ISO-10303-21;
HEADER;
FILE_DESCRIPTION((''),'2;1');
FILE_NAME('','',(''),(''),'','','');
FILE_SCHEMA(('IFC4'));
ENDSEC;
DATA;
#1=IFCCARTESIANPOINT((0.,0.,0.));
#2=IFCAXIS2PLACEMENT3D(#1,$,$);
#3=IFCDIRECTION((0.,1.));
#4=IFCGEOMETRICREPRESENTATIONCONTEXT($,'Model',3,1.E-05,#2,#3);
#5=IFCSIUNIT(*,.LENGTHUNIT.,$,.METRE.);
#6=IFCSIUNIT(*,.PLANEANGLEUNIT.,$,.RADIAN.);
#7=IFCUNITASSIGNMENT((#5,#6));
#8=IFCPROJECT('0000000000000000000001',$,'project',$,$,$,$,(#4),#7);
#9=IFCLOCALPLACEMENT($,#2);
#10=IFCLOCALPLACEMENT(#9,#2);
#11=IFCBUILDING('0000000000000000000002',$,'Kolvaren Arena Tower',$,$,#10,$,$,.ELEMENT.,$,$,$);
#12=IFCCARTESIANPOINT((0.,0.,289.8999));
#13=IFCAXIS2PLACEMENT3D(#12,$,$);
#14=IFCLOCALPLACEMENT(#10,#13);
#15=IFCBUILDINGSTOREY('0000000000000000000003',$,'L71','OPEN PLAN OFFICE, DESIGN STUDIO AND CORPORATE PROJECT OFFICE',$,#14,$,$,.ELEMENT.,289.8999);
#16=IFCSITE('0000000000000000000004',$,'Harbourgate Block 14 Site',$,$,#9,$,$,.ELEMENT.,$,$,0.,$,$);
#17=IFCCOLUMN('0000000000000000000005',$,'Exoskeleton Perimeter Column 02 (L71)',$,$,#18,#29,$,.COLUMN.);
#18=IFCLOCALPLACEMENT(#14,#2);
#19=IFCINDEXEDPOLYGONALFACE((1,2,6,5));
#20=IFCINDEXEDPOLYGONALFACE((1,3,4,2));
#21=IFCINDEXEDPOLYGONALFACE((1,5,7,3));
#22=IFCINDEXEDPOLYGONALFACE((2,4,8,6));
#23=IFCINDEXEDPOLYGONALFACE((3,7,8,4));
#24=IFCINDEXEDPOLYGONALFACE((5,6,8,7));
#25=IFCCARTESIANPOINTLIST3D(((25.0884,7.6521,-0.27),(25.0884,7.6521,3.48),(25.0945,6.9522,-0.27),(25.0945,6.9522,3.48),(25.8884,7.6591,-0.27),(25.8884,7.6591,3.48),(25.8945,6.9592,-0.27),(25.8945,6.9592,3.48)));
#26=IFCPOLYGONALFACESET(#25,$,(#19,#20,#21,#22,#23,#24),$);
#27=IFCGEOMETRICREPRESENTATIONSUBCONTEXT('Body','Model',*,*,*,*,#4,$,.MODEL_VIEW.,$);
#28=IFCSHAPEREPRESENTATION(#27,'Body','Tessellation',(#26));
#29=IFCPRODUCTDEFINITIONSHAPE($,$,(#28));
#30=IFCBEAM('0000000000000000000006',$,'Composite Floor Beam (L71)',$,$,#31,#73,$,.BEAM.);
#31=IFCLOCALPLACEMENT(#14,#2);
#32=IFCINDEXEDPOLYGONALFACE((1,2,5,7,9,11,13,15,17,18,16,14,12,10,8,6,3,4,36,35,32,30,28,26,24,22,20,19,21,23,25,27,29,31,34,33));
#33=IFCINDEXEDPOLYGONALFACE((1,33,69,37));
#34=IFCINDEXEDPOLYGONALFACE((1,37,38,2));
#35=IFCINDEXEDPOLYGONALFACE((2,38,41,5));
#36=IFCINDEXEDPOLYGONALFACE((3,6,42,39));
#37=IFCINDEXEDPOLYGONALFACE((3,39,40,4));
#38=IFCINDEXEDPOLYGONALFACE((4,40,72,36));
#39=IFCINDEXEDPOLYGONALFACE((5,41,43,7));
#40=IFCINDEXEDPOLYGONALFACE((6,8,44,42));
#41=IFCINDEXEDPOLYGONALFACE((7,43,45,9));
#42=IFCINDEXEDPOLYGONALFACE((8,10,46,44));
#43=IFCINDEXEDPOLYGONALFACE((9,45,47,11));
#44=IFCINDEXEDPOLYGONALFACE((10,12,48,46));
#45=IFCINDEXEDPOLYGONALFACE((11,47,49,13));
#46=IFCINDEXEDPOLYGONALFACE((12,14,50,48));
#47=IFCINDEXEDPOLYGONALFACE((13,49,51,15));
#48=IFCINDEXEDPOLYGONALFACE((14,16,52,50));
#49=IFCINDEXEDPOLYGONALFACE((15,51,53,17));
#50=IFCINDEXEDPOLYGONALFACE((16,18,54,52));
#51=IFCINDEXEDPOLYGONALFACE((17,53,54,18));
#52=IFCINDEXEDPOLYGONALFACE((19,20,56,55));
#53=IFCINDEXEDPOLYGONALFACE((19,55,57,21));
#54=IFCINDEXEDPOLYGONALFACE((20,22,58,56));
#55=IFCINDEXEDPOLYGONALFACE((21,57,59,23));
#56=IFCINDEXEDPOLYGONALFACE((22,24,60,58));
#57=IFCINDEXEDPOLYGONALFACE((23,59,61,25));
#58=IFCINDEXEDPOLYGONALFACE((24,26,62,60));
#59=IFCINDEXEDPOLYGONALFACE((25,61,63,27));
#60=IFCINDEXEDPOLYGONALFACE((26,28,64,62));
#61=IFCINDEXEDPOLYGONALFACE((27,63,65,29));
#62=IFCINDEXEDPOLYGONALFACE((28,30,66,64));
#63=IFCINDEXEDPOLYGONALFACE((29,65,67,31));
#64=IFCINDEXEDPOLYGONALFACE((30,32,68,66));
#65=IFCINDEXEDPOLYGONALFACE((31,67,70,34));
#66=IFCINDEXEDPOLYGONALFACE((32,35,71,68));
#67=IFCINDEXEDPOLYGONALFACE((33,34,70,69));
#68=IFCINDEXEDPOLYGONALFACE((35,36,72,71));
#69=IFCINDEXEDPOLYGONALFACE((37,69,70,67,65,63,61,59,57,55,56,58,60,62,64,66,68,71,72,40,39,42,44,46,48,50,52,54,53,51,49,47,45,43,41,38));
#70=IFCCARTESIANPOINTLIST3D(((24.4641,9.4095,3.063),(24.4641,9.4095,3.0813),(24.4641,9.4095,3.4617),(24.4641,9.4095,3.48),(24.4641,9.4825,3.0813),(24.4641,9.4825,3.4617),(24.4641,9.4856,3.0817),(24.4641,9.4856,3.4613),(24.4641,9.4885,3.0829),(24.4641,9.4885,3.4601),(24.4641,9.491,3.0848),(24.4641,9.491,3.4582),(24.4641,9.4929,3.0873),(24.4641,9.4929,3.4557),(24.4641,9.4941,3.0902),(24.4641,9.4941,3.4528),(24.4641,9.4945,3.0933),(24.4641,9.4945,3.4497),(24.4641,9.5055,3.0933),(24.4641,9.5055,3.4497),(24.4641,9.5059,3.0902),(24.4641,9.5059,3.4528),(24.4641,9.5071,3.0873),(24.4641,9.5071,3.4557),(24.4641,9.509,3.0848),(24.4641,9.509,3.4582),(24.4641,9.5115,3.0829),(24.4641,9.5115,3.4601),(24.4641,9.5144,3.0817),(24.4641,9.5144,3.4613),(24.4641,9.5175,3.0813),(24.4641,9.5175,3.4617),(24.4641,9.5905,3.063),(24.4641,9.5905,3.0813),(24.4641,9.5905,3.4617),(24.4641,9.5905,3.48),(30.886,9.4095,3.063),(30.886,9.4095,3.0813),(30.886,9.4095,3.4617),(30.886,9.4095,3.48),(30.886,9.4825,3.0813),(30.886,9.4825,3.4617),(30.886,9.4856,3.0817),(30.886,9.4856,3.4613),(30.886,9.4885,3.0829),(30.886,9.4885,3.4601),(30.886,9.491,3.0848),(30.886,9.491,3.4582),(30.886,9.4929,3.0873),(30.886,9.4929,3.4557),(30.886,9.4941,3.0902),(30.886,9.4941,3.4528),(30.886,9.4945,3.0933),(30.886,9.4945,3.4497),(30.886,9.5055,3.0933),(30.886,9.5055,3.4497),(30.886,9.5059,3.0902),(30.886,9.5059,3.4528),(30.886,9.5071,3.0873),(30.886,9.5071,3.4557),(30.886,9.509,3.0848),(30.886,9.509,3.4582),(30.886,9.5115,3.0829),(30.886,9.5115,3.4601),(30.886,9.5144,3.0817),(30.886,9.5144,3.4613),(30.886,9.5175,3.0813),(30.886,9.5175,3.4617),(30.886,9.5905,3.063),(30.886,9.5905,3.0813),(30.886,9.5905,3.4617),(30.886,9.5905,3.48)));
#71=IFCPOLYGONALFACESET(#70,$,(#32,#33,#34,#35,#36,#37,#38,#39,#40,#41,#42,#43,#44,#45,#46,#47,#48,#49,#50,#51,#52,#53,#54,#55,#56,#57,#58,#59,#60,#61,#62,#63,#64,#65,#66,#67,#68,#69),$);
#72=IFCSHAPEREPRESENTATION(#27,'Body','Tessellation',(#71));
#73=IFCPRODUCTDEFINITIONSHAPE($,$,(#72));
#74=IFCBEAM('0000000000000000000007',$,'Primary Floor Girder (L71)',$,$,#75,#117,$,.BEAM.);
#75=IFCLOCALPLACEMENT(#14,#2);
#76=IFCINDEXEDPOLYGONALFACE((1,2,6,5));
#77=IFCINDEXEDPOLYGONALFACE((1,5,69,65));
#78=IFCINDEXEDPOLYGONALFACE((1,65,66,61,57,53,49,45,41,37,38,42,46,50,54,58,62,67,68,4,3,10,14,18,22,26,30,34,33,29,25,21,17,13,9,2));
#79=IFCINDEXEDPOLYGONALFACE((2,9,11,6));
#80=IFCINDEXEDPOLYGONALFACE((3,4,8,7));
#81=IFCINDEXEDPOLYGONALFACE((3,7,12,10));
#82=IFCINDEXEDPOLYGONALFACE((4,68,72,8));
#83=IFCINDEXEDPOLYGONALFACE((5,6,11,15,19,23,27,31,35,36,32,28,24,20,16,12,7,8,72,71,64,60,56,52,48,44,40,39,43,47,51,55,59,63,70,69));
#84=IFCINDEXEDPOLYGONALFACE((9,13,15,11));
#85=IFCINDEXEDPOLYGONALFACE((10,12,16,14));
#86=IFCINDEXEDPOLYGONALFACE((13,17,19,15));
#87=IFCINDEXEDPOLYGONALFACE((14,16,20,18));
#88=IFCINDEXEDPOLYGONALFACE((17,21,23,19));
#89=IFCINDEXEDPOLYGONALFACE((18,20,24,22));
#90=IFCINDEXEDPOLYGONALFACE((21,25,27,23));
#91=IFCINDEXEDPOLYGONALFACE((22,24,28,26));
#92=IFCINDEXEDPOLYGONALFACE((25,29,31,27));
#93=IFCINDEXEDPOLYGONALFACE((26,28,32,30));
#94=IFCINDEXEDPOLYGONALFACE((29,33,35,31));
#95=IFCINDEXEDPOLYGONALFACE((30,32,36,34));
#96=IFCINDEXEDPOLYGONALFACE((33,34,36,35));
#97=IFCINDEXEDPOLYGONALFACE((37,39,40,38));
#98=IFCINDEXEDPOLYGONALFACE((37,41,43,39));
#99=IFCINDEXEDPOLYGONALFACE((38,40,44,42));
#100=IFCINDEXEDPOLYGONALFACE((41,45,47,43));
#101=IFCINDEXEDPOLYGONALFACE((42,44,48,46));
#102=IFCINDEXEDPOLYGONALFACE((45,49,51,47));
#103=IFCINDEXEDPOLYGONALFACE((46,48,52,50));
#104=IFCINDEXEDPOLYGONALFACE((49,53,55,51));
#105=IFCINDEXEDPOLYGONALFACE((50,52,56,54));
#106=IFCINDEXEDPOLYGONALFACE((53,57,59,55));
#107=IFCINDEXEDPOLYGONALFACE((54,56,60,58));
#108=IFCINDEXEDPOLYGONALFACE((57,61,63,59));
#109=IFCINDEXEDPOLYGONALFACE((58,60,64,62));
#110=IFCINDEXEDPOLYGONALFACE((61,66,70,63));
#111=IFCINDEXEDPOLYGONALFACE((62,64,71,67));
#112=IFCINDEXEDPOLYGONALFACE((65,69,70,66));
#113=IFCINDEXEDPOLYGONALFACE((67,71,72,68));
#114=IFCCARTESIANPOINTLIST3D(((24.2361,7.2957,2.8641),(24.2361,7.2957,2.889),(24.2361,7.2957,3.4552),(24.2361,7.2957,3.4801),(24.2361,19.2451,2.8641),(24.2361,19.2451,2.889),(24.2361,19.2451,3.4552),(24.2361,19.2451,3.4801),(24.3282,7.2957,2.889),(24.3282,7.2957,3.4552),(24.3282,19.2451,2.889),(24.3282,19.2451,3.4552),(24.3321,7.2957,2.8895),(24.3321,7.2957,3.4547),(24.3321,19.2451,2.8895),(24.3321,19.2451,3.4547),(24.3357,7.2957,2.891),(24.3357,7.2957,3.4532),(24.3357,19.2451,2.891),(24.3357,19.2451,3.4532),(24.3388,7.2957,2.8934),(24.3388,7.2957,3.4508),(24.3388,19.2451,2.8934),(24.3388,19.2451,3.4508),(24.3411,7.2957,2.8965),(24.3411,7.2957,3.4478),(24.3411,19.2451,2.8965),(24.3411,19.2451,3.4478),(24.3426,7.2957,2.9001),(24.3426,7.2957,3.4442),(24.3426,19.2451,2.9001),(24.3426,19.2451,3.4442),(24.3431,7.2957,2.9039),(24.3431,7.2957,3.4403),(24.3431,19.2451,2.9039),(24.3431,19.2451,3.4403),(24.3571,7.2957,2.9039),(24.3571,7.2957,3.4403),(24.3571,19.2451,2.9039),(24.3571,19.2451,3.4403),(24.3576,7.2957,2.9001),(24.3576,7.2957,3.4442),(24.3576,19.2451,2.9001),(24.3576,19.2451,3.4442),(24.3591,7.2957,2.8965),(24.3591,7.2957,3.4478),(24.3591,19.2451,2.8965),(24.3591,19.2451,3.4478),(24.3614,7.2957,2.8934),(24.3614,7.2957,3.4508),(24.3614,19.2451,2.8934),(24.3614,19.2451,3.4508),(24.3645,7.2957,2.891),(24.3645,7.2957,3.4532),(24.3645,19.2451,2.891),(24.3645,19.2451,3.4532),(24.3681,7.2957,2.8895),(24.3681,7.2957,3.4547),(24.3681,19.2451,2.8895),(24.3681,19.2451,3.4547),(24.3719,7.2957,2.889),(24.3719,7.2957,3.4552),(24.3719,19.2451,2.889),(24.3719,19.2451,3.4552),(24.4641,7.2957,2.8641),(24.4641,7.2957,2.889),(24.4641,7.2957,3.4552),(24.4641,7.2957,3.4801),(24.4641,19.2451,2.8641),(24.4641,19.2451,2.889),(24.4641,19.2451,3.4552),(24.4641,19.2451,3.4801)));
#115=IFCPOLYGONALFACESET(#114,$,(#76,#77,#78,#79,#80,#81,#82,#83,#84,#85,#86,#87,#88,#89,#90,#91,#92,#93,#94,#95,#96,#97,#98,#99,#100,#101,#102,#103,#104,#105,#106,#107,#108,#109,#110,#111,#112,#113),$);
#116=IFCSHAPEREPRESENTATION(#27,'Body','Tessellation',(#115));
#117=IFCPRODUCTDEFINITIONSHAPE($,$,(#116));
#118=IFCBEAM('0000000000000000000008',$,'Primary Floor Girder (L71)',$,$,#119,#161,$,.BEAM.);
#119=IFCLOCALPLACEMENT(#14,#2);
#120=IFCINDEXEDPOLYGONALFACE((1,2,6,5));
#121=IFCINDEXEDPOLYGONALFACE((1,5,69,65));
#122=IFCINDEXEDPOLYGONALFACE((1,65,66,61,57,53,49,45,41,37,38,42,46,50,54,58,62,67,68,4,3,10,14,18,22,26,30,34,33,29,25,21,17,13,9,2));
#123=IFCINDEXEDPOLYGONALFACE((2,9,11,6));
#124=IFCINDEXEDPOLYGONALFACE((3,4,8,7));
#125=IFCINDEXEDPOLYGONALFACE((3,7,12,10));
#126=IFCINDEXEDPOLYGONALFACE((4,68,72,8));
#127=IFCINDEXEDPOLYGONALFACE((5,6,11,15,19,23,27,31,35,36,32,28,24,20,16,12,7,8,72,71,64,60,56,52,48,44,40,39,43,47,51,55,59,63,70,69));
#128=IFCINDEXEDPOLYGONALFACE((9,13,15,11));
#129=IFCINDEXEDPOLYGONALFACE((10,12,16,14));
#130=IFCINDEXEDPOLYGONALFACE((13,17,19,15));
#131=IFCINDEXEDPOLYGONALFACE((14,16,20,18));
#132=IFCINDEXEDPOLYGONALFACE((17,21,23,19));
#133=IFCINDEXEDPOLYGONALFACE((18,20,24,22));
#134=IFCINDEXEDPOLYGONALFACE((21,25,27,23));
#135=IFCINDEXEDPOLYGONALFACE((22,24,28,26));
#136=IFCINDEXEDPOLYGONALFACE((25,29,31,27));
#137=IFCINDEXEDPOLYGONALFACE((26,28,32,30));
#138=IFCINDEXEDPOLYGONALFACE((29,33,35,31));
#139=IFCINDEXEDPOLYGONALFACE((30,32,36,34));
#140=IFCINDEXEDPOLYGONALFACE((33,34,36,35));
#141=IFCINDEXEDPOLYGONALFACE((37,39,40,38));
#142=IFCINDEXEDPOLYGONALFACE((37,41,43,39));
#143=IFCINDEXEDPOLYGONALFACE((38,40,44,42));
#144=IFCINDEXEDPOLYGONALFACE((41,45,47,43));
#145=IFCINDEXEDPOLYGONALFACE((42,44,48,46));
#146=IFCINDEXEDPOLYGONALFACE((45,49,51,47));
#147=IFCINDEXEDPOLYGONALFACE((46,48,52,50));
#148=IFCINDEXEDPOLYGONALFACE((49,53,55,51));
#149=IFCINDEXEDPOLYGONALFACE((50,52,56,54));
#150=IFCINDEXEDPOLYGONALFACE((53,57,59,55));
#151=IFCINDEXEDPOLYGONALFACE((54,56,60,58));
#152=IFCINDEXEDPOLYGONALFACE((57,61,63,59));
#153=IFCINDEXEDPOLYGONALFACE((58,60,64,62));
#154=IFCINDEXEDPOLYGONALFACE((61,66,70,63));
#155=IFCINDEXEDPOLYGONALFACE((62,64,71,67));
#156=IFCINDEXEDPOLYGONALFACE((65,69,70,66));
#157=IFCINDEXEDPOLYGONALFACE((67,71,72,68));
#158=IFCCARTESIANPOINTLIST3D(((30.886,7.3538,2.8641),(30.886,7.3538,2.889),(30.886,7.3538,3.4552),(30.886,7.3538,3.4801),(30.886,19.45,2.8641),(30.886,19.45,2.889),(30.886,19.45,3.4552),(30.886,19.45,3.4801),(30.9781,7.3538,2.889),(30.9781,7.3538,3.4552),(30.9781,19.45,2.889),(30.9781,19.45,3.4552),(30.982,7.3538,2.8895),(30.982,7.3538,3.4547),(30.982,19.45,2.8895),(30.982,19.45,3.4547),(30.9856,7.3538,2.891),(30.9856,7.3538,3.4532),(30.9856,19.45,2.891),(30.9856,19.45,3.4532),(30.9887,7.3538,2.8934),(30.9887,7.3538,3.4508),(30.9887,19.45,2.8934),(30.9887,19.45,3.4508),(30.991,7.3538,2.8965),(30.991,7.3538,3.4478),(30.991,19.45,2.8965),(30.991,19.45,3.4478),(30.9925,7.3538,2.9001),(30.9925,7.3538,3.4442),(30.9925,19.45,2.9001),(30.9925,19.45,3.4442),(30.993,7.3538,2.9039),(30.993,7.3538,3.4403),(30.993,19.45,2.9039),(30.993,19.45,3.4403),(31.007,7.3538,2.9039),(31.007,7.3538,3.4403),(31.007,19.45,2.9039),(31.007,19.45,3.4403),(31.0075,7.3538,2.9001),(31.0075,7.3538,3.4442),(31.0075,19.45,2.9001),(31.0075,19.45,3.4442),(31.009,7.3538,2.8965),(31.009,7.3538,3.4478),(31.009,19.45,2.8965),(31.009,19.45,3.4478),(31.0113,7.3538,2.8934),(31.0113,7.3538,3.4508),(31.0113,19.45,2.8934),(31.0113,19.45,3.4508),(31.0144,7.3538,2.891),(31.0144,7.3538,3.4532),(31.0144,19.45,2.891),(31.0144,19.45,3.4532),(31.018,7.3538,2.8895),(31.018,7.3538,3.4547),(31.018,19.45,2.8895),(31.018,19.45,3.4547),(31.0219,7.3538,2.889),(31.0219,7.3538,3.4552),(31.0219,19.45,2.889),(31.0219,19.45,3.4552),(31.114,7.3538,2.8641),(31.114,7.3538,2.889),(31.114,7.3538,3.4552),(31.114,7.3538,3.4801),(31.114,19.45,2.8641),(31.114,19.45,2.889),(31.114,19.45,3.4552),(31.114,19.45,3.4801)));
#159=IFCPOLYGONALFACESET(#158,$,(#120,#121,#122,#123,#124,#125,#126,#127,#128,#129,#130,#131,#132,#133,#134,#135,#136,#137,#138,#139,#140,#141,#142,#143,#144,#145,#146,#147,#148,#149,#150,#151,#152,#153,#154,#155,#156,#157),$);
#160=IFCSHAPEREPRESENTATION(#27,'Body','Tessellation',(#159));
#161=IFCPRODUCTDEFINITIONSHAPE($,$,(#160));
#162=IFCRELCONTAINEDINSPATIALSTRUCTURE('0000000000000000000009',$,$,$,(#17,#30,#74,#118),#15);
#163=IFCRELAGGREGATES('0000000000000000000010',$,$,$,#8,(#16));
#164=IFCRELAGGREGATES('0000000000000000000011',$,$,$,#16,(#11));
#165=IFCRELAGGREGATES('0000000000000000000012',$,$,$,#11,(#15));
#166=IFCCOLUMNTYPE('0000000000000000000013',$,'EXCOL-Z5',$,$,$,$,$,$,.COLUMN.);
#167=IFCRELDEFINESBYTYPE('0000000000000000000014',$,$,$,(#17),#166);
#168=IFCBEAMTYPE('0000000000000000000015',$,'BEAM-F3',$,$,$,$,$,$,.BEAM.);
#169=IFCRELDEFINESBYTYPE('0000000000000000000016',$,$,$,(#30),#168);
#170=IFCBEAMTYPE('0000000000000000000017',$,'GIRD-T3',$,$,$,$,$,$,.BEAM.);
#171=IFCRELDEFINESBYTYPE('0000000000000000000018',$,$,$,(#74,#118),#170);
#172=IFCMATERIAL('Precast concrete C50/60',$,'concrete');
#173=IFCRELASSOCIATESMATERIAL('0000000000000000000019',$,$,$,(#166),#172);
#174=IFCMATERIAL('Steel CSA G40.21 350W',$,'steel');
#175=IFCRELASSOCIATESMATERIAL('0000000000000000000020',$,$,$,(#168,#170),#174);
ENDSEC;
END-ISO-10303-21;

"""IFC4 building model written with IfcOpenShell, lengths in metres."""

from ifc_helpers import new_model, si_unit, direction, frame, origin, origin_2d, place, context, subcontext, project, spatial, rectangle, i_section, extrude, material, material_profile, profile_set, type_object, element, save


model = new_model("IFC4")

# Units and contexts
model_context = context("Model", 3, precision=1e-05, world=origin(), true_north=direction((0.0, 1.0)))
body_context = subcontext(model_context, "Body", "Model", "MODEL_VIEW")
ifc_project = project(units=[si_unit("LENGTHUNIT", "METRE"), si_unit("PLANEANGLEUNIT", "RADIAN")], contexts=[model_context])

# Site, building, storey
site_placement = place(None, origin())
site = spatial("IfcSite", under=ifc_project, at=site_placement, Name="Harbourgate Block 14 Site", CompositionType="ELEMENT", RefElevation=0.0)
building_placement = place(site_placement, origin())
building = spatial("IfcBuilding", under=site, at=building_placement, Name="Kolvaren Arena Tower", CompositionType="ELEMENT")
storey_placement = place(building_placement, frame((0.0, 0.0, 289.8999)))
storey = spatial("IfcBuildingStorey", under=building, at=storey_placement, Name="L71", Description="OPEN PLAN OFFICE, DESIGN STUDIO AND CORPORATE PROJECT OFFICE", CompositionType="ELEMENT", Elevation=289.8999)

# Column
ifc_material_1 = material(Name="Precast concrete C50/60", Category="concrete")
ifc_material_profile_1 = material_profile(ifc_material_1, rectangle(XDim=0.8, YDim=0.7, at=origin_2d()), Name="RC-800x700")
ifc_profile_set_1 = profile_set([ifc_material_profile_1], Name="Precast concrete C50/60")
column_type = type_object("IfcColumnType", Name="EXCOL-Z5", PredefinedType="COLUMN", material=ifc_profile_set_1)
column_placement = place(storey_placement, frame((25.4915, 7.3057, -0.27), z_axis=(0.0, 0.0, 1.0), x_axis=(0.999962, 0.008727, 0.0)))
element("IfcColumn", 1, at=column_placement, inside=storey, type_object=column_type, Name="Exoskeleton Perimeter Column 02 (L71)", PredefinedType="COLUMN", context=body_context, shape_type="SweptSolid", body=[
    extrude(rectangle(XDim=0.8, YDim=0.7, at=origin_2d()), origin(), (0.0, 0.0, 1.0), 3.75),
])

# Beams
ifc_material_2 = material(Name="Steel CSA G40.21 350W", Category="steel")
ifc_material_profile_2 = material_profile(ifc_material_2, i_section(OverallWidth=0.1809, OverallDepth=0.417, WebThickness=0.011, FlangeThickness=0.0183, FilletRadius=0.012, at=origin_2d()), Name="W410x85")
ifc_profile_set_2 = profile_set([ifc_material_profile_2], Name="Steel CSA G40.21 350W")
beam_type_1 = type_object("IfcBeamType", Name="BEAM-F3", PredefinedType="BEAM", material=ifc_profile_set_2)
beam_1_placement = place(storey_placement, frame((24.4641, 9.5, 3.2715), z_axis=(1.0, 0.0, 0.0), x_axis=(0.0, 1.0, 0.0)))
element("IfcBeam", 2, at=beam_1_placement, inside=storey, type_object=beam_type_1, Name="Composite Floor Beam (L71)", PredefinedType="BEAM", context=body_context, shape_type="SweptSolid", body=[
    extrude(i_section(OverallWidth=0.1809, OverallDepth=0.417, WebThickness=0.011, FlangeThickness=0.0183, FilletRadius=0.012, at=origin_2d()), origin(), (0.0, 0.0, 1.0), 6.4219),
])
ifc_material_profile_3 = material_profile(ifc_material_2, i_section(OverallWidth=0.228, OverallDepth=0.616, WebThickness=0.0139, FlangeThickness=0.0249, FilletRadius=0.0149, at=origin_2d()), Name="W610x174")
ifc_profile_set_3 = profile_set([ifc_material_profile_3], Name="Steel CSA G40.21 350W")
beam_type_2 = type_object("IfcBeamType", Name="GIRD-T3", PredefinedType="BEAM", material=ifc_profile_set_3)
beam_2_placement = place(storey_placement, frame((24.3501, 7.2957, 3.1721), z_axis=(0.0, 1.0, 0.0), x_axis=(-1.0, 0.0, 0.0)))
element("IfcBeam", 3, at=beam_2_placement, inside=storey, type_object=beam_type_2, Name="Primary Floor Girder (L71)", PredefinedType="BEAM", context=body_context, shape_type="SweptSolid", body=[
    extrude(i_section(OverallWidth=0.228, OverallDepth=0.616, WebThickness=0.0139, FlangeThickness=0.0249, FilletRadius=0.0149, at=origin_2d()), origin(), (0.0, 0.0, 1.0), 11.9495),
])
beam_3_placement = place(storey_placement, frame((31.0, 7.3538, 3.1721), z_axis=(0.0, 1.0, 0.0), x_axis=(-1.0, 0.0, 0.0)))
element("IfcBeam", 4, at=beam_3_placement, inside=storey, type_object=beam_type_2, Name="Primary Floor Girder (L71)", PredefinedType="BEAM", context=body_context, shape_type="SweptSolid", body=[
    extrude(i_section(OverallWidth=0.228, OverallDepth=0.616, WebThickness=0.0139, FlangeThickness=0.0249, FilletRadius=0.0149, at=origin_2d()), origin(), (0.0, 0.0, 1.0), 12.0962),
])

save(model, "model.ifc")
